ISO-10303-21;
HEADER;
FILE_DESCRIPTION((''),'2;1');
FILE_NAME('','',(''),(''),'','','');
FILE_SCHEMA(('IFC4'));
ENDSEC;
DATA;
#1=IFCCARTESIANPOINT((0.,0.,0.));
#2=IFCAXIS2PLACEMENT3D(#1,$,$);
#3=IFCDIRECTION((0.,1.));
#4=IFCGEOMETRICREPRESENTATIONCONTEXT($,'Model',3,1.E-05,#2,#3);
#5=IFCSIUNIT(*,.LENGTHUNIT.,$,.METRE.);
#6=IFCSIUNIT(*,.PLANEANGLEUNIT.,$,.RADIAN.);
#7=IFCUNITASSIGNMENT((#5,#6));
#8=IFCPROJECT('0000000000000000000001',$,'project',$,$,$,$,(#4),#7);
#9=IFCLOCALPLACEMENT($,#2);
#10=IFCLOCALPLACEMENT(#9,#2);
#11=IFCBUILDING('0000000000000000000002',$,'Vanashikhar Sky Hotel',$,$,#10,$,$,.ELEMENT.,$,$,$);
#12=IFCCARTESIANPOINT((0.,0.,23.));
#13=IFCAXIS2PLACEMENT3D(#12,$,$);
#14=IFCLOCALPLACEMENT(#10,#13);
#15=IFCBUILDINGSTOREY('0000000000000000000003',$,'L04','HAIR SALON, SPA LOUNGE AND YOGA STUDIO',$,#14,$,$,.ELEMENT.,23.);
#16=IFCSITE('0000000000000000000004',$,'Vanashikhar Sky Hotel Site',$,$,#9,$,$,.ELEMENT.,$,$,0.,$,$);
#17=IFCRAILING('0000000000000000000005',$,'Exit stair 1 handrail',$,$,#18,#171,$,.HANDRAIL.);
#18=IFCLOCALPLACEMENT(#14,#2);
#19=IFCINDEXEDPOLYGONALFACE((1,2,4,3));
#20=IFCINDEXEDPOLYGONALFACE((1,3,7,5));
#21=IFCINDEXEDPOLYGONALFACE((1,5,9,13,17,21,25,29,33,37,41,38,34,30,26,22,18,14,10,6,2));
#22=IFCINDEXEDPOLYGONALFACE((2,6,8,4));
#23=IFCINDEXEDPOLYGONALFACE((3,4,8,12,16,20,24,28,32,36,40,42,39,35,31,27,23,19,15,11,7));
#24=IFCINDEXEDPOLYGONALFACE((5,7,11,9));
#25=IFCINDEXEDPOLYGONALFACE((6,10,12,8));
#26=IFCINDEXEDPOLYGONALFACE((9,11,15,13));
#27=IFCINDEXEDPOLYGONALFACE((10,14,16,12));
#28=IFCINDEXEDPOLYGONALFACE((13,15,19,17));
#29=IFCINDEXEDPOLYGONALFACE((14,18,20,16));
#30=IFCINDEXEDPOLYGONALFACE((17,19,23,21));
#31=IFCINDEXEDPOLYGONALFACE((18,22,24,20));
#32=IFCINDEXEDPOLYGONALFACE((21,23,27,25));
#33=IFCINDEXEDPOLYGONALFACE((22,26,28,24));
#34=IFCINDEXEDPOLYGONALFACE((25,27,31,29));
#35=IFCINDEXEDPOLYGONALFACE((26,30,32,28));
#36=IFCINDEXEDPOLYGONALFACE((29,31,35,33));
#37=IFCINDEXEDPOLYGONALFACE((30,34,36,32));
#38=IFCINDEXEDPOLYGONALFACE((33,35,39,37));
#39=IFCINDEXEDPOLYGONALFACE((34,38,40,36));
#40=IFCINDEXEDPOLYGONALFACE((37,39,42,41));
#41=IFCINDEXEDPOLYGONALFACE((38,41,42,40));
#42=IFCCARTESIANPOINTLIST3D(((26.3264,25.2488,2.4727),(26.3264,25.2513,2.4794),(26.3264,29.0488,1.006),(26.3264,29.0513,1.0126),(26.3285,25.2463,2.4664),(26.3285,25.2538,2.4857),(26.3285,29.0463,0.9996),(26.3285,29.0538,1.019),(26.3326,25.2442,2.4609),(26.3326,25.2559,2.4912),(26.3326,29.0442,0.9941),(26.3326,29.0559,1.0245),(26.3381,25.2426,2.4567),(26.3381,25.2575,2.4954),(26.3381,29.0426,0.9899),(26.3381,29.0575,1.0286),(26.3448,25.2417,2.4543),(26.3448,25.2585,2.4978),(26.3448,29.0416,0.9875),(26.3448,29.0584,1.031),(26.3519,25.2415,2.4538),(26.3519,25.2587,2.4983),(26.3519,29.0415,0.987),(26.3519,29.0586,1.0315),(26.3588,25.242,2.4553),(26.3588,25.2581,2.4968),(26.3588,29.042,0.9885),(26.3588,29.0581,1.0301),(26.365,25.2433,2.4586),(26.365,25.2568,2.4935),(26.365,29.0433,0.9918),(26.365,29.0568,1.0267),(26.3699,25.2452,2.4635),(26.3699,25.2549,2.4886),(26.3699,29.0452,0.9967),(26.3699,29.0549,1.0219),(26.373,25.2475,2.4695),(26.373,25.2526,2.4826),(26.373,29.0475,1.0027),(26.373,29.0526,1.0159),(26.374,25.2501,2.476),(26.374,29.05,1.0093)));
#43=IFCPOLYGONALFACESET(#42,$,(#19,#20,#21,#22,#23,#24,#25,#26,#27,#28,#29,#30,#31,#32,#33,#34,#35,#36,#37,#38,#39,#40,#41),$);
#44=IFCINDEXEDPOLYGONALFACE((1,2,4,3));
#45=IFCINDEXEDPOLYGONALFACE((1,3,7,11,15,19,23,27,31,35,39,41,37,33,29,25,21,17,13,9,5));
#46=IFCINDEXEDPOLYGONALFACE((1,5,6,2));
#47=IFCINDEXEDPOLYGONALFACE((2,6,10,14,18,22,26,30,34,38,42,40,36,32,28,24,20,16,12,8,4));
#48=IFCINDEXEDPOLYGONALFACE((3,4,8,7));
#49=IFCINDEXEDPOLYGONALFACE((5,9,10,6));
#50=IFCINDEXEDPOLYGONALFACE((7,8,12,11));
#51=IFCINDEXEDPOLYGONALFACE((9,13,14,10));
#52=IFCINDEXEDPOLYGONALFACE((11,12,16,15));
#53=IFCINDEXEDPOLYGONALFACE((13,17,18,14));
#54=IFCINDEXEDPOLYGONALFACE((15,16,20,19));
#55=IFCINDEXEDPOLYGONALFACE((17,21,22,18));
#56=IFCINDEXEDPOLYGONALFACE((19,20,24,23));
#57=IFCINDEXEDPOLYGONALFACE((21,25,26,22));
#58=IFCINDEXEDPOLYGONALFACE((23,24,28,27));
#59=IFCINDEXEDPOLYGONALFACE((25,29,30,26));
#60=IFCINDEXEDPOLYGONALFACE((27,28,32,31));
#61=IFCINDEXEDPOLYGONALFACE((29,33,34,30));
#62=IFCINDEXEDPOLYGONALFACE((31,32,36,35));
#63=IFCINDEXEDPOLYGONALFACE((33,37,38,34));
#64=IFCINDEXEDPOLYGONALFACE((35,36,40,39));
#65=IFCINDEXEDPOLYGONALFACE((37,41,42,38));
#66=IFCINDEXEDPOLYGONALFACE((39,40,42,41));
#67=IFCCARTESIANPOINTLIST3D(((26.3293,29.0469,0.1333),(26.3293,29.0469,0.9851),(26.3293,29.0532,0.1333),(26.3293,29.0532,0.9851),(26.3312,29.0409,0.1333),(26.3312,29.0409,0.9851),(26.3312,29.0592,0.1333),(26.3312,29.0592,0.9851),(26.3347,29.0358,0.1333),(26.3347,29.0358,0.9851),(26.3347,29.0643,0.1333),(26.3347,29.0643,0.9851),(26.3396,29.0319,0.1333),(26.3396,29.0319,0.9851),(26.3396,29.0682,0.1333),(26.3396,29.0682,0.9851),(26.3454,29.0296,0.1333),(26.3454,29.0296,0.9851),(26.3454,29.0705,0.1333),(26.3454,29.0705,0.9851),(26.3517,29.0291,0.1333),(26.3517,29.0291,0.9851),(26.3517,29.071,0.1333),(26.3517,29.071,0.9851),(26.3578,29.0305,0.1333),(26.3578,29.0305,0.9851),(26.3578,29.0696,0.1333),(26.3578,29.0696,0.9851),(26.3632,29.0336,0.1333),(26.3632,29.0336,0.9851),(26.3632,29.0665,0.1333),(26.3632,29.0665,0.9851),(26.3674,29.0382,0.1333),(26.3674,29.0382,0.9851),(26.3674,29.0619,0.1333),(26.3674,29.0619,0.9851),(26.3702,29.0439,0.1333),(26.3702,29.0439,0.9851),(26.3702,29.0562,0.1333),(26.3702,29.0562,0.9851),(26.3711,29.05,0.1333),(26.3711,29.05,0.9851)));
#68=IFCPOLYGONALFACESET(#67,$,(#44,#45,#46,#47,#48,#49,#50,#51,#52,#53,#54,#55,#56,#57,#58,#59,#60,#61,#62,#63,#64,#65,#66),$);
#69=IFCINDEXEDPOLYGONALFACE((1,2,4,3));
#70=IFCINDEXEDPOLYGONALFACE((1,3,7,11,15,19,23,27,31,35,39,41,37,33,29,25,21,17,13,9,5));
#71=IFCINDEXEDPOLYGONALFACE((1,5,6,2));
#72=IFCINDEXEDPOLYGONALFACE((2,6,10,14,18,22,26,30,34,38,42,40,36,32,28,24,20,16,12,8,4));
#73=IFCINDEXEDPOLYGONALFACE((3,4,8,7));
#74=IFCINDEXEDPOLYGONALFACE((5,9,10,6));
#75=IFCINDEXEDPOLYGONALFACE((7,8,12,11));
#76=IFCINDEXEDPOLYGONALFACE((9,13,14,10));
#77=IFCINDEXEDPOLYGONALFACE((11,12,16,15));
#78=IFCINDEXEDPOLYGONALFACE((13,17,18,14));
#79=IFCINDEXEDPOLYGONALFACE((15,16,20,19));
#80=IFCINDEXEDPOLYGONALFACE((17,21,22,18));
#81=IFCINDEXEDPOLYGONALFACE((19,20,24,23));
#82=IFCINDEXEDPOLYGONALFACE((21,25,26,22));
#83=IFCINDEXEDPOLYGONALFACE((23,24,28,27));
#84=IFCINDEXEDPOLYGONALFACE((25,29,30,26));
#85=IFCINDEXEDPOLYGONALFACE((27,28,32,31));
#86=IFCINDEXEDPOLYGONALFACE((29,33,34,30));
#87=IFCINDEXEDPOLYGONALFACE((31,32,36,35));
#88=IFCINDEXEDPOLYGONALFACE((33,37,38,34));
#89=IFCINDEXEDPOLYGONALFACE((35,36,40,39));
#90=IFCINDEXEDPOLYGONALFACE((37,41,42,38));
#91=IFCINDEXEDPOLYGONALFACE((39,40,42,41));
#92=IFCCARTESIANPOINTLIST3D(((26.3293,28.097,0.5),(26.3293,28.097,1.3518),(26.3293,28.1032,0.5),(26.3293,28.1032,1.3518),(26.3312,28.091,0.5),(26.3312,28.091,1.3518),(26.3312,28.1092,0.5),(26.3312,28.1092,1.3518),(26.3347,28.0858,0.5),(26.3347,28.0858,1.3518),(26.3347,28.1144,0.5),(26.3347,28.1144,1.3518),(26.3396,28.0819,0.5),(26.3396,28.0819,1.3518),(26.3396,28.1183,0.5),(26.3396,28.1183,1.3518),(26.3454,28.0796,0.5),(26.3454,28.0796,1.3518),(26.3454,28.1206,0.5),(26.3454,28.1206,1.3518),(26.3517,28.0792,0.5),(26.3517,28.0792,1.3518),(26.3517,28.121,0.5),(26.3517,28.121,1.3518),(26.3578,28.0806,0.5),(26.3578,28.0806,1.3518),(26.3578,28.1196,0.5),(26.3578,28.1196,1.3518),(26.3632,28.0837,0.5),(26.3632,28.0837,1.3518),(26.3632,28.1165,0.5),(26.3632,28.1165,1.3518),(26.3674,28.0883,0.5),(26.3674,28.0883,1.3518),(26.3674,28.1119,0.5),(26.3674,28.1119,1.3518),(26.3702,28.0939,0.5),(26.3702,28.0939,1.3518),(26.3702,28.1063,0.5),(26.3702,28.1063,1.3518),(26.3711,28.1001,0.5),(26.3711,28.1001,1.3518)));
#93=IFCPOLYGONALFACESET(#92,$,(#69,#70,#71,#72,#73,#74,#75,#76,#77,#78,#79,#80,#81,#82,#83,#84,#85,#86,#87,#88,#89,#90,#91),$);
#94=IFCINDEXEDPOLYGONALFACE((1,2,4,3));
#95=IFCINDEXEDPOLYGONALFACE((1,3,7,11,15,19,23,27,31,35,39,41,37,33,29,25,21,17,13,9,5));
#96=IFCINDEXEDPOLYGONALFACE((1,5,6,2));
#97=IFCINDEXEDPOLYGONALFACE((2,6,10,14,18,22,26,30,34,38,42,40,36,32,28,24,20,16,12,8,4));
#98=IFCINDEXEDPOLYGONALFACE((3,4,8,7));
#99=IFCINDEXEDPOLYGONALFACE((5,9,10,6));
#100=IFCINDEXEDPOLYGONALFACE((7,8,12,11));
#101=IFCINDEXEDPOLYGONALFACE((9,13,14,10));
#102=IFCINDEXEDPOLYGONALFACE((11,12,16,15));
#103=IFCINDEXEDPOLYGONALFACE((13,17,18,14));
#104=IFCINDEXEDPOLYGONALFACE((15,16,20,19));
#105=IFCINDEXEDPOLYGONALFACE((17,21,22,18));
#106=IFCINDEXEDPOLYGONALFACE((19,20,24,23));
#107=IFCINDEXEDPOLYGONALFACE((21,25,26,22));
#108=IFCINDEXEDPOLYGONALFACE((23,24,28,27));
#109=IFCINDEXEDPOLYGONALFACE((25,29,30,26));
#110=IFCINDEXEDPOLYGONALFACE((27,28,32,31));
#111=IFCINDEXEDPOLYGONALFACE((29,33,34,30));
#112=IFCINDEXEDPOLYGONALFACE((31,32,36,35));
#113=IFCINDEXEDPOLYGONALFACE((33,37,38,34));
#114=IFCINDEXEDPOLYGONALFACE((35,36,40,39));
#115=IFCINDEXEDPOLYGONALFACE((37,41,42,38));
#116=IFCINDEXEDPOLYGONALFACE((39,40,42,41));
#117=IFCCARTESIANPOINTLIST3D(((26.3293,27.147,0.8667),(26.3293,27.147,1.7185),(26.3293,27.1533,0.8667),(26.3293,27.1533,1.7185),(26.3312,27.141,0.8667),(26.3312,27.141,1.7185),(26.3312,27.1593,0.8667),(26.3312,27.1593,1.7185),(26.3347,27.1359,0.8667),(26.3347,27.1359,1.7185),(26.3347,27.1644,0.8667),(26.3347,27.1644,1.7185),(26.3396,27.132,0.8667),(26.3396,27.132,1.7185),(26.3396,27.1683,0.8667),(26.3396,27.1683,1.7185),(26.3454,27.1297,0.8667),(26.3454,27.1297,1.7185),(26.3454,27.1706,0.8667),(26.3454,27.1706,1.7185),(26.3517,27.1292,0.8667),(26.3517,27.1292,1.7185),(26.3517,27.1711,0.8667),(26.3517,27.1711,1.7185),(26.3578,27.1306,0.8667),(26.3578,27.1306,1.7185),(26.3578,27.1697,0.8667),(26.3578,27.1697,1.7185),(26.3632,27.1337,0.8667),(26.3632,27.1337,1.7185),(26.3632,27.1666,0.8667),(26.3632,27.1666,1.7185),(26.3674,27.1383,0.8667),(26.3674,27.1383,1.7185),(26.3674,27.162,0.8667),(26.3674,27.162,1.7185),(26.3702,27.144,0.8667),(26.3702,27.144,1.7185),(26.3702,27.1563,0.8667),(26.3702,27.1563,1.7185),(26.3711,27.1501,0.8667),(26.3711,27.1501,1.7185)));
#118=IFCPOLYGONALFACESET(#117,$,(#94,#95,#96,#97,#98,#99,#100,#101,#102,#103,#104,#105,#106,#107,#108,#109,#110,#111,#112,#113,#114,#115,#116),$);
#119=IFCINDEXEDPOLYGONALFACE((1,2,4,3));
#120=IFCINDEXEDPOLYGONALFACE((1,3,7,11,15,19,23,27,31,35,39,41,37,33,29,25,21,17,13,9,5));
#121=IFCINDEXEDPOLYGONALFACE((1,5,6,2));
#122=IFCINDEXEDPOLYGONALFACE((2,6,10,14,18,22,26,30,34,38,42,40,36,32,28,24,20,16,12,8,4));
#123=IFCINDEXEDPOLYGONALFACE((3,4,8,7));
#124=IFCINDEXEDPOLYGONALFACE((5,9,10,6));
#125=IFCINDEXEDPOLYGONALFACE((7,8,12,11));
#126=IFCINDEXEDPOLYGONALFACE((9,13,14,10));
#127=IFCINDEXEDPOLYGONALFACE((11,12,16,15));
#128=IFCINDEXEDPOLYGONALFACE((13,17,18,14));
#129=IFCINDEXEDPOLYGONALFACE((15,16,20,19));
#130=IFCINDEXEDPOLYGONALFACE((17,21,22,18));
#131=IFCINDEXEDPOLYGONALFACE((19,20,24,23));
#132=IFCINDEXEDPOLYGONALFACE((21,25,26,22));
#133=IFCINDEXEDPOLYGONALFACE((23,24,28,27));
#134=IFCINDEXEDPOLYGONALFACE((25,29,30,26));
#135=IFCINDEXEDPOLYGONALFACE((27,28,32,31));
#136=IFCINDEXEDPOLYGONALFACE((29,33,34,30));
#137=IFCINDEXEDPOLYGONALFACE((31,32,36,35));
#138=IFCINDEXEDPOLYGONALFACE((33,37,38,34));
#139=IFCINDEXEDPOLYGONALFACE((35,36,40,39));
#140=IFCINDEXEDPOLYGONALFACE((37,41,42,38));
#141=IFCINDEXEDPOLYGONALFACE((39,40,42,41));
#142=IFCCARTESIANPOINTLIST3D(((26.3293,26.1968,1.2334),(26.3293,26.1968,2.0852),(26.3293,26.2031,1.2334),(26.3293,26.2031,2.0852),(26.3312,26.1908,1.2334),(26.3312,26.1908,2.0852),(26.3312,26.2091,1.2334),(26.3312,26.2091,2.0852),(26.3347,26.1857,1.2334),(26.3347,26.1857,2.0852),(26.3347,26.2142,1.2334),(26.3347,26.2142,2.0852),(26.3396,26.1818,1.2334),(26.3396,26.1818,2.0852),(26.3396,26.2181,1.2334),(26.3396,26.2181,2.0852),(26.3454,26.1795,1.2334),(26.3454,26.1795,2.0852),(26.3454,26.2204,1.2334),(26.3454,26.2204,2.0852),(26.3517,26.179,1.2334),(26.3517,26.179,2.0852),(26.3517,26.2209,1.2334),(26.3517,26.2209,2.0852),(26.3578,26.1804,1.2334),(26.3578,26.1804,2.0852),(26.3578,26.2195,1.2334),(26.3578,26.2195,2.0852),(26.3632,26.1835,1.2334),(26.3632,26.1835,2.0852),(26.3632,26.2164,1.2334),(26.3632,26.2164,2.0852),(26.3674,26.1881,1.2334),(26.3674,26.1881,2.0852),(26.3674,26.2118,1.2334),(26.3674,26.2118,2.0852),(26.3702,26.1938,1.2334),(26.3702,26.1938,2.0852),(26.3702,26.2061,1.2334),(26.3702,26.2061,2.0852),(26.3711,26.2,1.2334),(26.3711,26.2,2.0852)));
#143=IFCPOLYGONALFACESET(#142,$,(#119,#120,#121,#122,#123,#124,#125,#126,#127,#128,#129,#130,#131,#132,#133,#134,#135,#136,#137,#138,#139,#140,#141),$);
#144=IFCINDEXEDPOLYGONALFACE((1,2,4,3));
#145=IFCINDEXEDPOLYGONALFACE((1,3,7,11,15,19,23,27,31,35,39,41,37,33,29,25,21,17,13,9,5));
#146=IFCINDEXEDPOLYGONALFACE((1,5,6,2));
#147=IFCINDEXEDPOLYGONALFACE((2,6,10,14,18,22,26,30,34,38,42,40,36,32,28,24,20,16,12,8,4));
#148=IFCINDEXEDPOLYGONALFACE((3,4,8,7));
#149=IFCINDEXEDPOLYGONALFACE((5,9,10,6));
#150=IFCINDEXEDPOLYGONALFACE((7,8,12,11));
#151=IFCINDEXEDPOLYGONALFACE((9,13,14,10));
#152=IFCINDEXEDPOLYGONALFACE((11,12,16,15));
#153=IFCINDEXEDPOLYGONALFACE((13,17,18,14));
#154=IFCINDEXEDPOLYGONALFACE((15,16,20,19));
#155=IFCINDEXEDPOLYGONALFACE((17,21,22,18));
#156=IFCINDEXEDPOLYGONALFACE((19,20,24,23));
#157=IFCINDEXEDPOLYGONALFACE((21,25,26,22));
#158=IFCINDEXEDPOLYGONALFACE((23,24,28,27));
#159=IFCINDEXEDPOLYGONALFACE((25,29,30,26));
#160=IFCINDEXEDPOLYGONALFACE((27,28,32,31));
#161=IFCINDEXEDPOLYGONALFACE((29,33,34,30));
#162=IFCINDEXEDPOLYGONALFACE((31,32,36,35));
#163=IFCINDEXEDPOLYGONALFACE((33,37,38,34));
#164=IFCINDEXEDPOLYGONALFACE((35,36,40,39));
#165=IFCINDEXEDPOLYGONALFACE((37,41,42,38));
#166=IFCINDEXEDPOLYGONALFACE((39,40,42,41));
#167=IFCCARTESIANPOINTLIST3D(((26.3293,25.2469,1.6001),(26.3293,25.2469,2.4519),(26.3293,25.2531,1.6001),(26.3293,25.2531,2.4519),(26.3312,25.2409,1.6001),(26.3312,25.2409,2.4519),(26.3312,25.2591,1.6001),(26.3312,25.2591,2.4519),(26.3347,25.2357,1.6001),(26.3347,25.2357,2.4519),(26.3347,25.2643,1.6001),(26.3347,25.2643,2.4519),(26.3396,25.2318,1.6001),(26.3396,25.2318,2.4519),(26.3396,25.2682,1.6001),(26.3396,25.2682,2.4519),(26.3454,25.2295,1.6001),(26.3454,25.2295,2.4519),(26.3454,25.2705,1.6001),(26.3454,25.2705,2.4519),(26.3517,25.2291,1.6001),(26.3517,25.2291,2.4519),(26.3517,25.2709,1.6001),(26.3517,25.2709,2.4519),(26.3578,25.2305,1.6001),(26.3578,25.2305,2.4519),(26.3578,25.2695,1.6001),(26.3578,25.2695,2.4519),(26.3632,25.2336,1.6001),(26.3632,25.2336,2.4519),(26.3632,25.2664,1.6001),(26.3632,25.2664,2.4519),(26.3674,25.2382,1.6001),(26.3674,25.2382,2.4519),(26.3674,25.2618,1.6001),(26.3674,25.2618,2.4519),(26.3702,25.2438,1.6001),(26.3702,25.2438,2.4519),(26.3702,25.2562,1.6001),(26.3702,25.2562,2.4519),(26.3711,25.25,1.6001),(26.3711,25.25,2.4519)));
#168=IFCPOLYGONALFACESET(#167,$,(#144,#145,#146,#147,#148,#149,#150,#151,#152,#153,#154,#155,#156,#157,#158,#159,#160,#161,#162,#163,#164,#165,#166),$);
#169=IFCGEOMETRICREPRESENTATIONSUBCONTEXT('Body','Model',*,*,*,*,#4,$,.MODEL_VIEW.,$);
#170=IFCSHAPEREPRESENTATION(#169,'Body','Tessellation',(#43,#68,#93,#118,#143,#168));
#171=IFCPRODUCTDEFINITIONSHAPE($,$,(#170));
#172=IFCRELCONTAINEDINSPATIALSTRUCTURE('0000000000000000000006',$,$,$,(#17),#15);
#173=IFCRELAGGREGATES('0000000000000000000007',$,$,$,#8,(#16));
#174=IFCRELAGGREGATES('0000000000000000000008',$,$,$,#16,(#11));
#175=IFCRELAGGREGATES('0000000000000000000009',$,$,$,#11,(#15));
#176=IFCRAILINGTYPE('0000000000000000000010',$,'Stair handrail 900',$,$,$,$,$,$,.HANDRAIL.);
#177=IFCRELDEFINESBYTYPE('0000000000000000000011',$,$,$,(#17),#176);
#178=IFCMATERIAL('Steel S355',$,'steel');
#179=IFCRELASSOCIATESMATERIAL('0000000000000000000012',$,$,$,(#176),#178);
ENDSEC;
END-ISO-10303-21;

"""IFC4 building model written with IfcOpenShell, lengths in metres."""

from ifc_helpers import new_model, si_unit, direction, frame, origin, origin_2d, place, context, subcontext, project, spatial, circle, extrude, source, transform, mapped, material, type_object, element, save


model = new_model("IFC4")

# Units and contexts
model_context = context("Model", 3, precision=1e-05, world=origin(), true_north=direction((0.0, 1.0)))
body_context = subcontext(model_context, "Body", "Model", "MODEL_VIEW")
ifc_project = project(units=[si_unit("LENGTHUNIT", "METRE"), si_unit("PLANEANGLEUNIT", "RADIAN")], contexts=[model_context])

# Site, building, storey
site_placement = place(None, origin())
site = spatial("IfcSite", under=ifc_project, at=site_placement, Name="Vanashikhar Sky Hotel Site", CompositionType="ELEMENT", RefElevation=0.0)
building_placement = place(site_placement, origin())
building = spatial("IfcBuilding", under=site, at=building_placement, Name="Vanashikhar Sky Hotel", CompositionType="ELEMENT")
storey_placement = place(building_placement, frame((0.0, 0.0, 23.0)))
storey = spatial("IfcBuildingStorey", under=building, at=storey_placement, Name="L04", Description="HAIR SALON, SPA LOUNGE AND YOGA STUDIO", CompositionType="ELEMENT", Elevation=23.0)

# Railing
ifc_material_1 = material(Name="Steel S355", Category="steel")
railing_type_1 = type_object("IfcRailingType", Name="Stair handrail 900", PredefinedType="HANDRAIL", material=ifc_material_1)
shared_shape_1 = source(origin(), body_context, "Body", "SweptSolid", [
    extrude(circle(Radius=0.0239, at=origin_2d()), frame((0.0, 0.0, 0.876), z_axis=(0.0, -0.932914, 0.360099), x_axis=(1.0, 0.0, 0.0)), (0.0, 0.0, 1.0), 4.0732),
    extrude(circle(Radius=0.021, at=origin_2d()), origin(), (0.0, 0.0, 1.0), 0.8518),
    extrude(circle(Radius=0.021, at=origin_2d()), frame((0.0, -0.95, 0.3667)), (0.0, 0.0, 1.0), 0.8518),
    extrude(circle(Radius=0.021, at=origin_2d()), frame((0.0, -1.8999, 0.7334)), (0.0, 0.0, 1.0), 0.8518),
    extrude(circle(Radius=0.021, at=origin_2d()), frame((0.0, -2.8501, 1.1001)), (0.0, 0.0, 1.0), 0.8518),
    extrude(circle(Radius=0.021, at=origin_2d()), frame((0.0, -3.8, 1.4668)), (0.0, 0.0, 1.0), 0.8518),
])
for number, where, name in (
    (1, (26.3501, 29.05, 0.1333), "Exit stair 1 handrail"),
):
    element("IfcRailing", number, at=place(storey_placement, frame(where)), inside=storey, type_object=railing_type_1, Name=name, PredefinedType="HANDRAIL", context=body_context, shape_type="MappedRepresentation", body=[
        mapped(shared_shape_1, transform((0.0, 0.0, 0.0), scale=1.0)),
    ])

save(model, "model.ifc")
